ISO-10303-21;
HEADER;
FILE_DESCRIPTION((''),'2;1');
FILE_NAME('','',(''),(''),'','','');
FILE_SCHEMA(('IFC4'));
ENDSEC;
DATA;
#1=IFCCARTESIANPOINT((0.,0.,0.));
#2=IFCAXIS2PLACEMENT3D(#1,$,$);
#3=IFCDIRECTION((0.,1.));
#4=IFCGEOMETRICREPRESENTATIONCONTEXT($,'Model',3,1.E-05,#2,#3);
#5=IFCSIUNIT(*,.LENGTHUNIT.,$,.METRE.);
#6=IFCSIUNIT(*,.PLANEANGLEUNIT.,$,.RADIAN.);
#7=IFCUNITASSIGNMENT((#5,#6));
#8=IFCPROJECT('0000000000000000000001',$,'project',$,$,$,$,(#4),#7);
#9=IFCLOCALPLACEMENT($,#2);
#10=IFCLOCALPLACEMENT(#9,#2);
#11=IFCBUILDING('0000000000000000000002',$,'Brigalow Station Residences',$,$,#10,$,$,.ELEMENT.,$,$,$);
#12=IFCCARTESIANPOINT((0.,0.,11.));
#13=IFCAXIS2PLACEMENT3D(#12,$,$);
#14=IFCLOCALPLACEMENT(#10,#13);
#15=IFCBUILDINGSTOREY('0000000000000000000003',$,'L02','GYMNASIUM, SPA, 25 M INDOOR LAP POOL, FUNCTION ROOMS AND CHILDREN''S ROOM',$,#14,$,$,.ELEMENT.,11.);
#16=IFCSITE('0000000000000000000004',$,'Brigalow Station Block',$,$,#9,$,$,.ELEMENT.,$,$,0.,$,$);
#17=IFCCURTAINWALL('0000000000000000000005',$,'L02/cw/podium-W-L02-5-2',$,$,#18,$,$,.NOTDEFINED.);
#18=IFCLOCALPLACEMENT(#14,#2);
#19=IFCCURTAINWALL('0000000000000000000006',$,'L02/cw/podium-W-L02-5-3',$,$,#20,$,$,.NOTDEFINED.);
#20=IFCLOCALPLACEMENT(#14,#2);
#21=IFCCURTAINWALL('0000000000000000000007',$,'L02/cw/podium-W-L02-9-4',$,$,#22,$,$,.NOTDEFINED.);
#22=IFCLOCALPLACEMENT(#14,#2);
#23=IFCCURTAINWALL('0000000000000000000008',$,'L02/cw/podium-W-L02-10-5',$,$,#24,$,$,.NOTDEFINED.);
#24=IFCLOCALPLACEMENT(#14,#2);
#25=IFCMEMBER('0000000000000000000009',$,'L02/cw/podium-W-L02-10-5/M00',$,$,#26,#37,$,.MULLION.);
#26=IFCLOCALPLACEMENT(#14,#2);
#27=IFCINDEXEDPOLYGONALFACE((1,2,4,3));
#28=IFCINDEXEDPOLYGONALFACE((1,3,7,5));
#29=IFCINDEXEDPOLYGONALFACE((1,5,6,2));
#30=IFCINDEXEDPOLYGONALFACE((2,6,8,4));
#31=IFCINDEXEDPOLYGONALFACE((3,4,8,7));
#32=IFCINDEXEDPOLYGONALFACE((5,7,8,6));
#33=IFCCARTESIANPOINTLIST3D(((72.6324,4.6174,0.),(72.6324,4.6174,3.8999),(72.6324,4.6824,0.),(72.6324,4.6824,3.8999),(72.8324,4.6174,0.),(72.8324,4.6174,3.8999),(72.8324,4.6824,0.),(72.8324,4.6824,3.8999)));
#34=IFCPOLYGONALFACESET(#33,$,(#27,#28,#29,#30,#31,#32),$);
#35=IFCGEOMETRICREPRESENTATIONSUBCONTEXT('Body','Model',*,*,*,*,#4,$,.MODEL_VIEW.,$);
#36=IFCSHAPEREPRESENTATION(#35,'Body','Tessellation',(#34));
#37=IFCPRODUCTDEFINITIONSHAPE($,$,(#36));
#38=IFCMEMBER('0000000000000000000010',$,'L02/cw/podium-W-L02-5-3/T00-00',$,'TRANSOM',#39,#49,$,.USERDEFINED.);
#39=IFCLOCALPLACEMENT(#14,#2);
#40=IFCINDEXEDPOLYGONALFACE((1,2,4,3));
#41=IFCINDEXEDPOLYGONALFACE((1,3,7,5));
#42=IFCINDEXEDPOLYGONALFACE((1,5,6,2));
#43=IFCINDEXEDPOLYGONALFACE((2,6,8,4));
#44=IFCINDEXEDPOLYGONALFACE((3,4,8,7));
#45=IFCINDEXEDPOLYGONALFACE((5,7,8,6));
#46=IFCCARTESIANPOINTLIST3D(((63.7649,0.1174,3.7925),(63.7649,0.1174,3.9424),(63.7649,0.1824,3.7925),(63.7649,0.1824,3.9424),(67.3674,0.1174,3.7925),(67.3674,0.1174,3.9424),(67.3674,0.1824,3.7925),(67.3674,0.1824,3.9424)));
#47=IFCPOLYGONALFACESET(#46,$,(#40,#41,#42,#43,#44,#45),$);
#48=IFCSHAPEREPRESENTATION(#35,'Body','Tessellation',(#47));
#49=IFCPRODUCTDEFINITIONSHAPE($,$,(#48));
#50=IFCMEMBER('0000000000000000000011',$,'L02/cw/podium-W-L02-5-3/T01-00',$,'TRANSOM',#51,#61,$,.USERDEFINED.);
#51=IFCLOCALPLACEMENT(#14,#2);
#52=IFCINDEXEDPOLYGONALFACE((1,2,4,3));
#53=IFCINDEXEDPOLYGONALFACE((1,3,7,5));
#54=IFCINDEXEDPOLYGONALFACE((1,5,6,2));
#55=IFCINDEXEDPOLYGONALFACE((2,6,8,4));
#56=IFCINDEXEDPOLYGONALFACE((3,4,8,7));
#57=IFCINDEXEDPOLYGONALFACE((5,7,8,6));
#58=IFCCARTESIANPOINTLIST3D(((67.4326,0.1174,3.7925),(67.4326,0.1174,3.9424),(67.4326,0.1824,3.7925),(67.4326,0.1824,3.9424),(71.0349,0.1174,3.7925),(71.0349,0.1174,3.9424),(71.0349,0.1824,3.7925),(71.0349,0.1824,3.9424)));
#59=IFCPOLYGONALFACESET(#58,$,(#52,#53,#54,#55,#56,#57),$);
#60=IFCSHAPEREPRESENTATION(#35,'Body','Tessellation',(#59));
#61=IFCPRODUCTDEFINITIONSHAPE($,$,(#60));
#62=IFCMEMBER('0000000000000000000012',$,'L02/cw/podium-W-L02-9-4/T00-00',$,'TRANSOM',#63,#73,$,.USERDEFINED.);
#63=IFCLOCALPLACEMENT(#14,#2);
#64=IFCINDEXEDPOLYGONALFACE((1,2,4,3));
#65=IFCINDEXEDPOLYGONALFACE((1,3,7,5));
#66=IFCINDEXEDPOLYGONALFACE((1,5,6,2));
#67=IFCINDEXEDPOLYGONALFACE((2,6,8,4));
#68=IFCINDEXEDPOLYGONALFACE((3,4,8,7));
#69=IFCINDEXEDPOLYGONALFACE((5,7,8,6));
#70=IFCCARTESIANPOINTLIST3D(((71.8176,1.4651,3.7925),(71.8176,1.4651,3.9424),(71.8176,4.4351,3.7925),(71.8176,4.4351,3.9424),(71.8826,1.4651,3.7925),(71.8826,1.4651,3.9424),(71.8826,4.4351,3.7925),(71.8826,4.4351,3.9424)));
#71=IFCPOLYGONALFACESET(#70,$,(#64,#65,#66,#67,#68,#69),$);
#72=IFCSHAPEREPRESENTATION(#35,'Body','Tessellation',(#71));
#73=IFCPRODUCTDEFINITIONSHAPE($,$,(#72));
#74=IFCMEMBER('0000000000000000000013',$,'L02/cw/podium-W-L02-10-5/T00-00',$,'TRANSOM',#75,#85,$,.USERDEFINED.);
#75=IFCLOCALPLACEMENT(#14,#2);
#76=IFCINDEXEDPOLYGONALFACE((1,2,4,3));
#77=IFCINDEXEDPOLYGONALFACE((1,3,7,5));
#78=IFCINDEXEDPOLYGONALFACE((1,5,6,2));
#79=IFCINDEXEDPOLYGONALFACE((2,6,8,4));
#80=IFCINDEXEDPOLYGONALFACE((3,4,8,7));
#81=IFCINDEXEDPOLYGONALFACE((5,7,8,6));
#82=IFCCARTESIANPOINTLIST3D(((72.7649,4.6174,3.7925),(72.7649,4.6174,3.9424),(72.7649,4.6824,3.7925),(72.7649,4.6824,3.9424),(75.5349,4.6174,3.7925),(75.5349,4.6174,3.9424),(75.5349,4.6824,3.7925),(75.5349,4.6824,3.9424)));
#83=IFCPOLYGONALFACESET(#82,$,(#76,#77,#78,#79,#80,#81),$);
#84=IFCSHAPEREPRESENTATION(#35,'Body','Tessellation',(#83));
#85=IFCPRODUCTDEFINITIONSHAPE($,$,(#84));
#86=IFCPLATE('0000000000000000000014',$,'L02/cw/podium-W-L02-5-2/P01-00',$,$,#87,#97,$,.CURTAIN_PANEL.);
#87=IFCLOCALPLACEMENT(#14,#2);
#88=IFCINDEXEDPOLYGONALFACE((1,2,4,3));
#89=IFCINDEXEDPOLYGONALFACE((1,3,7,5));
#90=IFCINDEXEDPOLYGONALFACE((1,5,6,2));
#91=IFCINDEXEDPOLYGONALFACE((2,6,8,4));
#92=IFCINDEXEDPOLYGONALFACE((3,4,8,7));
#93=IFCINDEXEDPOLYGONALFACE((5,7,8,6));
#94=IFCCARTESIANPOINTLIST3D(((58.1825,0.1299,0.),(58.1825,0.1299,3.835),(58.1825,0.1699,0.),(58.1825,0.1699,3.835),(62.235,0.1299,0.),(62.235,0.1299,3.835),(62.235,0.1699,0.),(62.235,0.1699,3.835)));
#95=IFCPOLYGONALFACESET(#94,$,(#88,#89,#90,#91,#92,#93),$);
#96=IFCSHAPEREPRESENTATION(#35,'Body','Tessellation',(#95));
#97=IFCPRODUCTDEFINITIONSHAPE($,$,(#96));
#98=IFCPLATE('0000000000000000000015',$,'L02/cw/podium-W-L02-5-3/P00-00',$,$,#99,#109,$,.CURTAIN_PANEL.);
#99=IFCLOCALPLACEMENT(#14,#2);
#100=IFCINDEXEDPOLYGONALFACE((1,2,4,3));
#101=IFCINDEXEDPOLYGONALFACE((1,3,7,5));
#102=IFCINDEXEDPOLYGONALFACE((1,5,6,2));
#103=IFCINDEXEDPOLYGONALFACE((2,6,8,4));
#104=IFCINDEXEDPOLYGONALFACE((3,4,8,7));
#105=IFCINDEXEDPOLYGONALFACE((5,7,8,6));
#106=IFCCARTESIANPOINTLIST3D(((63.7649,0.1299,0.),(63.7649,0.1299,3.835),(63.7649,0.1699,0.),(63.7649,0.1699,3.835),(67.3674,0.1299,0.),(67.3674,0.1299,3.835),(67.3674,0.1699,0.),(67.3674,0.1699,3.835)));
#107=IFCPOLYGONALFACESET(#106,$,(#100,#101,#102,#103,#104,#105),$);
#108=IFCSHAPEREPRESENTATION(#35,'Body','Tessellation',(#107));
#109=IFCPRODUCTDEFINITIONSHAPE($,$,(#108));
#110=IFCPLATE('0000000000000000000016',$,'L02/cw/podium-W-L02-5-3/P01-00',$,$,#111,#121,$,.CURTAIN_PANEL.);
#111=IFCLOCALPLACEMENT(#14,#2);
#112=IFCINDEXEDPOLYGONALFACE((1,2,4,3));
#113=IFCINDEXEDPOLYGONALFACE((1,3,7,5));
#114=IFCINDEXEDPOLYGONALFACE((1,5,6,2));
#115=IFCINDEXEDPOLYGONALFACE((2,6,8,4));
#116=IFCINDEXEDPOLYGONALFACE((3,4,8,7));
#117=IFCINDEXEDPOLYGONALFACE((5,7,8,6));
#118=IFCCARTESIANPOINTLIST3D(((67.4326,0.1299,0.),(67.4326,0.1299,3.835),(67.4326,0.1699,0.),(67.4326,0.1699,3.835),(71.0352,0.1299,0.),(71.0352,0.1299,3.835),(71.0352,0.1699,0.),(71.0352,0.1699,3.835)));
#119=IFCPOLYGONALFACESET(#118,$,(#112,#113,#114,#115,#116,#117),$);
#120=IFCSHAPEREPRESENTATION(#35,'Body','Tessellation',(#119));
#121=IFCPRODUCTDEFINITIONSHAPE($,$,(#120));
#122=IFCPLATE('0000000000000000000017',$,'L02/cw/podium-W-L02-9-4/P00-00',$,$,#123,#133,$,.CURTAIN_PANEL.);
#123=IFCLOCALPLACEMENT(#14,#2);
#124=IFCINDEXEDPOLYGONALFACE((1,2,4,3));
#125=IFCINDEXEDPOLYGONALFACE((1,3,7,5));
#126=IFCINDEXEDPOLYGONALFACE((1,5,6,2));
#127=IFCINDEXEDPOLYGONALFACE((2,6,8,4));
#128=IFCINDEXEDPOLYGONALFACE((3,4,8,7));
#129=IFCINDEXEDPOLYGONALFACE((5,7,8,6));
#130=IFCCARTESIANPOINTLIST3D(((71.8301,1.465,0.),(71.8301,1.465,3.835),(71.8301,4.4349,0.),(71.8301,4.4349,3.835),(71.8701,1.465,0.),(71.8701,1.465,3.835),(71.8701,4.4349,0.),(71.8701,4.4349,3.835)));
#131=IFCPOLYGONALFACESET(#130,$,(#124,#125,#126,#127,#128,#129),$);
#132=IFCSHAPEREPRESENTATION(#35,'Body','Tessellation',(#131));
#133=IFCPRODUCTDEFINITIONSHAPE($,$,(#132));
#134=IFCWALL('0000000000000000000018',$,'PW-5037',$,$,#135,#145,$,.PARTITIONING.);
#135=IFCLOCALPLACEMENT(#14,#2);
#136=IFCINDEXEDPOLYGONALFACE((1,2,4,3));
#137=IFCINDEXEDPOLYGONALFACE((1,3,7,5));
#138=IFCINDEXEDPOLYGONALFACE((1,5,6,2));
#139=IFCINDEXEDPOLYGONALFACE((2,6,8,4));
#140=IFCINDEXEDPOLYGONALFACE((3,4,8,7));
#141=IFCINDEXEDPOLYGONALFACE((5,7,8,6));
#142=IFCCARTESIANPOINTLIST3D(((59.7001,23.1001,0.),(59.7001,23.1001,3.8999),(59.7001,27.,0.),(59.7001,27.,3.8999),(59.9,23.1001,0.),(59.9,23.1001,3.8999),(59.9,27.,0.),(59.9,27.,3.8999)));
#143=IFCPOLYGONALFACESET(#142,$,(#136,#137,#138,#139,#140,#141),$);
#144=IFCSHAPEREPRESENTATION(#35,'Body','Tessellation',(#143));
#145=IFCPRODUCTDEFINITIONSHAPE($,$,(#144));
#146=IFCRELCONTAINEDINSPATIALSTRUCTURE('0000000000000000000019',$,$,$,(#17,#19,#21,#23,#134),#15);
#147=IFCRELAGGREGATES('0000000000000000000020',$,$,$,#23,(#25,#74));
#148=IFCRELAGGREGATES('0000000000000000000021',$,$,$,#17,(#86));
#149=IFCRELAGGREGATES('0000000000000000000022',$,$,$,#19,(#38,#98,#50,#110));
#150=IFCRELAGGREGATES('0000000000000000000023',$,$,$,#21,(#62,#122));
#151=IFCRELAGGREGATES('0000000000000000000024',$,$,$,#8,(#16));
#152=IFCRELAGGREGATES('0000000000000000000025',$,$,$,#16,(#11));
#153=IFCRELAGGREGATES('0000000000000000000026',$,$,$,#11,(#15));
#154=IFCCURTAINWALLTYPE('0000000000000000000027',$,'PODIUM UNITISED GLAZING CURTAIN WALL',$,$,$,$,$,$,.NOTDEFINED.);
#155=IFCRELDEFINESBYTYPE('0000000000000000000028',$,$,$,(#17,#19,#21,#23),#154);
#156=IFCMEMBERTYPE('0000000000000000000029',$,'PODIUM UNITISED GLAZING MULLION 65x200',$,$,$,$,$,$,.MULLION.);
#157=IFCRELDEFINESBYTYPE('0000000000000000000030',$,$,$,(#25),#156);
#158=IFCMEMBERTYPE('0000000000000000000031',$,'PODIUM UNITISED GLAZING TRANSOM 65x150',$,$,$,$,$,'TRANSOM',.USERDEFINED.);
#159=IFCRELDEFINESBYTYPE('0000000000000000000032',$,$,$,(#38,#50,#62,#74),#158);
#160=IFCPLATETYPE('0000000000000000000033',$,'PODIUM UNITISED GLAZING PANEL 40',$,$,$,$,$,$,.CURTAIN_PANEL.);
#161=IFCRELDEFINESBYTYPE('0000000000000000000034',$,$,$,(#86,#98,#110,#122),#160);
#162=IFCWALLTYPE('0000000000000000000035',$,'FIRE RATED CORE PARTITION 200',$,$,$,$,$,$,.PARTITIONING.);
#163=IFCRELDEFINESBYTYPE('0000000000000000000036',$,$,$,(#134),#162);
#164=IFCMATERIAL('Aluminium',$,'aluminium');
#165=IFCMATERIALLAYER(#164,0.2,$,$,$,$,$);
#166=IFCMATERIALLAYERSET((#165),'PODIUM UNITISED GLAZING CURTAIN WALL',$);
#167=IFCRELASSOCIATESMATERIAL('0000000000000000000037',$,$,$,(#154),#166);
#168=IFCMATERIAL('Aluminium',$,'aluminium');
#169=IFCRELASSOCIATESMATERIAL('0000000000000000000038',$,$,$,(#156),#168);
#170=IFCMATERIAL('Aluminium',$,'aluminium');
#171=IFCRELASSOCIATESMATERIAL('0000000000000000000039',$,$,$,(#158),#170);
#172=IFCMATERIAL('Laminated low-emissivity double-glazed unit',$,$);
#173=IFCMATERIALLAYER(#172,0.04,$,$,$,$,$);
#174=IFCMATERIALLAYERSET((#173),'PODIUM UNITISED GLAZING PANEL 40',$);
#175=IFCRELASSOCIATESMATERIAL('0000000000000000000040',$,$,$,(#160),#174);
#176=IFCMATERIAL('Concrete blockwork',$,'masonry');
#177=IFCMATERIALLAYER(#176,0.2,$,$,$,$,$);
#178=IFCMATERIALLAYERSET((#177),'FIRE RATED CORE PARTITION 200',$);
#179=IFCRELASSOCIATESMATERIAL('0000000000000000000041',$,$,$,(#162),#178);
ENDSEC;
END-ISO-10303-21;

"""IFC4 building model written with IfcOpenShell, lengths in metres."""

from ifc_helpers import new_model, si_unit, direction, frame, frame_2d, origin, origin_2d, place, context, subcontext, project, spatial, rectangle, extrude, material, layer, layer_set, material_profile, profile_set, type_object, element, aggregate, save


model = new_model("IFC4")

# Units and contexts
model_context = context("Model", 3, precision=1e-05, world=origin(), true_north=direction((0.0, 1.0)))
body_context = subcontext(model_context, "Body", "Model", "MODEL_VIEW")
ifc_project = project(units=[si_unit("LENGTHUNIT", "METRE"), si_unit("PLANEANGLEUNIT", "RADIAN")], contexts=[model_context])

# Site, building, storey
site_placement = place(None, origin())
site = spatial("IfcSite", under=ifc_project, at=site_placement, Name="Brigalow Station Block", CompositionType="ELEMENT", RefElevation=0.0)
building_placement = place(site_placement, origin())
building = spatial("IfcBuilding", under=site, at=building_placement, Name="Brigalow Station Residences", CompositionType="ELEMENT")
storey_placement = place(building_placement, frame((0.0, 0.0, 11.0)))
storey = spatial("IfcBuildingStorey", under=building, at=storey_placement, Name="L02", Description="GYMNASIUM, SPA, 25 M INDOOR LAP POOL, FUNCTION ROOMS AND CHILDREN'S ROOM", CompositionType="ELEMENT", Elevation=11.0)

# Curtain wall
ifc_material_1 = material(Name="Aluminium", Category="aluminium")
ifc_layer_1 = layer(ifc_material_1, 0.2)
ifc_layer_set_1 = layer_set([ifc_layer_1], Name="PODIUM UNITISED GLAZING CURTAIN WALL")
curtain_wall_type = type_object("IfcCurtainWallType", Name="PODIUM UNITISED GLAZING CURTAIN WALL", PredefinedType="NOTDEFINED", material=ifc_layer_set_1)
curtain_wall_1_placement = place(storey_placement, origin())
curtain_wall_1 = element("IfcCurtainWall", 1, at=curtain_wall_1_placement, inside=storey, type_object=curtain_wall_type, Name="L02/cw/podium-W-L02-5-2", PredefinedType="NOTDEFINED")
ifc_material_2 = material(Name="Aluminium", Category="aluminium")
ifc_material_profile_1 = material_profile(ifc_material_2, rectangle(XDim=0.0649, YDim=0.2, at=origin_2d()), Name="PODIUM UNITISED GLAZING MULLION 65x200")
ifc_profile_set_1 = profile_set([ifc_material_profile_1], Name="Aluminium")
member_type_1 = type_object("IfcMemberType", Name="PODIUM UNITISED GLAZING MULLION 65x200", PredefinedType="MULLION", material=ifc_profile_set_1)

# Curtain walls
curtain_wall_2_placement = place(storey_placement, origin())
curtain_wall_2 = element("IfcCurtainWall", 2, at=curtain_wall_2_placement, inside=storey, type_object=curtain_wall_type, Name="L02/cw/podium-W-L02-5-3", PredefinedType="NOTDEFINED")
curtain_wall_3_placement = place(storey_placement, origin())
curtain_wall_3 = element("IfcCurtainWall", 3, at=curtain_wall_3_placement, inside=storey, type_object=curtain_wall_type, Name="L02/cw/podium-W-L02-9-4", PredefinedType="NOTDEFINED")

# Curtain wall, member
curtain_wall_4_placement = place(storey_placement, origin())
curtain_wall_4 = element("IfcCurtainWall", 4, at=curtain_wall_4_placement, inside=storey, type_object=curtain_wall_type, Name="L02/cw/podium-W-L02-10-5", PredefinedType="NOTDEFINED")
member_1_placement = place(storey_placement, frame((72.7324, 4.6499, 0.0), z_axis=(0.0, 0.0, 1.0), x_axis=(0.0, 1.0, 0.0)))
member_1 = element("IfcMember", 5, at=member_1_placement, type_object=member_type_1, Name="L02/cw/podium-W-L02-10-5/M00", PredefinedType="MULLION", context=body_context, shape_type="SweptSolid", body=[
    extrude(rectangle(XDim=0.0649, YDim=0.2, at=origin_2d()), origin(), (0.0, 0.0, 1.0), 3.8999),
])

# Members
ifc_material_3 = material(Name="Aluminium", Category="aluminium")
ifc_material_profile_2 = material_profile(ifc_material_3, rectangle(XDim=0.0649, YDim=0.1499, at=origin_2d()), Name="PODIUM UNITISED GLAZING TRANSOM 65x150")
ifc_profile_set_2 = profile_set([ifc_material_profile_2], Name="Aluminium")
member_type_2 = type_object("IfcMemberType", Name="PODIUM UNITISED GLAZING TRANSOM 65x150", ElementType="TRANSOM", PredefinedType="USERDEFINED", material=ifc_profile_set_2)
member_2_placement = place(storey_placement, frame((63.7649, 0.1499, 3.8674), z_axis=(1.0, 0.0, 0.0), x_axis=(0.0, 1.0, 0.0)))
member_2 = element("IfcMember", 6, at=member_2_placement, type_object=member_type_2, Name="L02/cw/podium-W-L02-5-3/T00-00", ObjectType="TRANSOM", PredefinedType="USERDEFINED", context=body_context, shape_type="SweptSolid", body=[
    extrude(rectangle(XDim=0.0649, YDim=0.1499, at=origin_2d()), origin(), (0.0, 0.0, 1.0), 3.6025),
])
member_3_placement = place(storey_placement, frame((67.4326, 0.1499, 3.8674), z_axis=(1.0, 0.0, 0.0), x_axis=(0.0, 1.0, 0.0)))
member_3 = element("IfcMember", 7, at=member_3_placement, type_object=member_type_2, Name="L02/cw/podium-W-L02-5-3/T01-00", ObjectType="TRANSOM", PredefinedType="USERDEFINED", context=body_context, shape_type="SweptSolid", body=[
    extrude(rectangle(XDim=0.0649, YDim=0.1499, at=origin_2d()), origin(), (0.0, 0.0, 1.0), 3.6023),
])
member_4_placement = place(storey_placement, frame((71.8501, 1.4651, 3.8674), z_axis=(0.0, 1.0, 0.0), x_axis=(-1.0, 0.0, 0.0)))
member_4 = element("IfcMember", 8, at=member_4_placement, type_object=member_type_2, Name="L02/cw/podium-W-L02-9-4/T00-00", ObjectType="TRANSOM", PredefinedType="USERDEFINED", context=body_context, shape_type="SweptSolid", body=[
    extrude(rectangle(XDim=0.0649, YDim=0.1499, at=origin_2d()), origin(), (0.0, 0.0, 1.0), 2.97),
])
member_5_placement = place(storey_placement, frame((72.7649, 4.6499, 3.8674), z_axis=(1.0, 0.0, 0.0), x_axis=(0.0, 1.0, 0.0)))
member_5 = element("IfcMember", 9, at=member_5_placement, type_object=member_type_2, Name="L02/cw/podium-W-L02-10-5/T00-00", ObjectType="TRANSOM", PredefinedType="USERDEFINED", context=body_context, shape_type="SweptSolid", body=[
    extrude(rectangle(XDim=0.0649, YDim=0.1499, at=origin_2d()), origin(), (0.0, 0.0, 1.0), 2.77),
])
aggregate(curtain_wall_4, [member_1, member_5])

# Plates
ifc_material_4 = material(Name="Laminated low-emissivity double-glazed unit")
ifc_layer_2 = layer(ifc_material_4, 0.04)
ifc_layer_set_2 = layer_set([ifc_layer_2], Name="PODIUM UNITISED GLAZING PANEL 40")
plate_type = type_object("IfcPlateType", Name="PODIUM UNITISED GLAZING PANEL 40", PredefinedType="CURTAIN_PANEL", material=ifc_layer_set_2)
plate_1_placement = place(storey_placement, frame((60.2087, 0.1499, 0.0), z_axis=(0.0, 0.0, 1.0), x_axis=(1.0, 0.0, 0.0)))
plate_1 = element("IfcPlate", 10, at=plate_1_placement, type_object=plate_type, Name="L02/cw/podium-W-L02-5-2/P01-00", PredefinedType="CURTAIN_PANEL", context=body_context, shape_type="SweptSolid", body=[
    extrude(rectangle(XDim=4.0525, YDim=0.04, at=origin_2d()), origin(), (0.0, 0.0, 1.0), 3.835),
])
aggregate(curtain_wall_1, [plate_1])
plate_2_placement = place(storey_placement, frame((65.5662, 0.1499, 0.0), z_axis=(0.0, 0.0, 1.0), x_axis=(1.0, 0.0, 0.0)))
plate_2 = element("IfcPlate", 11, at=plate_2_placement, type_object=plate_type, Name="L02/cw/podium-W-L02-5-3/P00-00", PredefinedType="CURTAIN_PANEL", context=body_context, shape_type="SweptSolid", body=[
    extrude(rectangle(XDim=3.6025, YDim=0.04, at=origin_2d()), origin(), (0.0, 0.0, 1.0), 3.835),
])
plate_3_placement = place(storey_placement, frame((69.2339, 0.1499, 0.0), z_axis=(0.0, 0.0, 1.0), x_axis=(1.0, 0.0, 0.0)))
plate_3 = element("IfcPlate", 12, at=plate_3_placement, type_object=plate_type, Name="L02/cw/podium-W-L02-5-3/P01-00", PredefinedType="CURTAIN_PANEL", context=body_context, shape_type="SweptSolid", body=[
    extrude(rectangle(XDim=3.6025, YDim=0.04, at=origin_2d()), origin(), (0.0, 0.0, 1.0), 3.835),
])
aggregate(curtain_wall_2, [member_2, plate_2, member_3, plate_3])
plate_4_placement = place(storey_placement, frame((71.8501, 2.95, 0.0), z_axis=(0.0, 0.0, 1.0), x_axis=(0.0, 1.0, 0.0)))
plate_4 = element("IfcPlate", 13, at=plate_4_placement, type_object=plate_type, Name="L02/cw/podium-W-L02-9-4/P00-00", PredefinedType="CURTAIN_PANEL", context=body_context, shape_type="SweptSolid", body=[
    extrude(rectangle(XDim=2.97, YDim=0.04, at=origin_2d()), origin(), (0.0, 0.0, 1.0), 3.835),
])
aggregate(curtain_wall_3, [member_4, plate_4])

# Wall
ifc_material_5 = material(Name="Concrete blockwork", Category="masonry")
ifc_layer_3 = layer(ifc_material_5, 0.2)
ifc_layer_set_3 = layer_set([ifc_layer_3], Name="FIRE RATED CORE PARTITION 200")
wall_type = type_object("IfcWallType", Name="FIRE RATED CORE PARTITION 200", PredefinedType="PARTITIONING", material=ifc_layer_set_3)
wall_placement = place(storey_placement, frame((59.8, 23.1001, 0.0), z_axis=(0.0, 0.0, 1.0), x_axis=(0.0, 1.0, 0.0)))
element("IfcWall", 14, at=wall_placement, inside=storey, type_object=wall_type, Name="PW-5037", PredefinedType="PARTITIONING", context=body_context, shape_type="SweptSolid", body=[
    extrude(rectangle(XDim=3.8999, YDim=0.2, at=frame_2d((1.95, 0.0))), origin(), (0.0, 0.0, 1.0), 3.8999),
])

save(model, "model.ifc")
